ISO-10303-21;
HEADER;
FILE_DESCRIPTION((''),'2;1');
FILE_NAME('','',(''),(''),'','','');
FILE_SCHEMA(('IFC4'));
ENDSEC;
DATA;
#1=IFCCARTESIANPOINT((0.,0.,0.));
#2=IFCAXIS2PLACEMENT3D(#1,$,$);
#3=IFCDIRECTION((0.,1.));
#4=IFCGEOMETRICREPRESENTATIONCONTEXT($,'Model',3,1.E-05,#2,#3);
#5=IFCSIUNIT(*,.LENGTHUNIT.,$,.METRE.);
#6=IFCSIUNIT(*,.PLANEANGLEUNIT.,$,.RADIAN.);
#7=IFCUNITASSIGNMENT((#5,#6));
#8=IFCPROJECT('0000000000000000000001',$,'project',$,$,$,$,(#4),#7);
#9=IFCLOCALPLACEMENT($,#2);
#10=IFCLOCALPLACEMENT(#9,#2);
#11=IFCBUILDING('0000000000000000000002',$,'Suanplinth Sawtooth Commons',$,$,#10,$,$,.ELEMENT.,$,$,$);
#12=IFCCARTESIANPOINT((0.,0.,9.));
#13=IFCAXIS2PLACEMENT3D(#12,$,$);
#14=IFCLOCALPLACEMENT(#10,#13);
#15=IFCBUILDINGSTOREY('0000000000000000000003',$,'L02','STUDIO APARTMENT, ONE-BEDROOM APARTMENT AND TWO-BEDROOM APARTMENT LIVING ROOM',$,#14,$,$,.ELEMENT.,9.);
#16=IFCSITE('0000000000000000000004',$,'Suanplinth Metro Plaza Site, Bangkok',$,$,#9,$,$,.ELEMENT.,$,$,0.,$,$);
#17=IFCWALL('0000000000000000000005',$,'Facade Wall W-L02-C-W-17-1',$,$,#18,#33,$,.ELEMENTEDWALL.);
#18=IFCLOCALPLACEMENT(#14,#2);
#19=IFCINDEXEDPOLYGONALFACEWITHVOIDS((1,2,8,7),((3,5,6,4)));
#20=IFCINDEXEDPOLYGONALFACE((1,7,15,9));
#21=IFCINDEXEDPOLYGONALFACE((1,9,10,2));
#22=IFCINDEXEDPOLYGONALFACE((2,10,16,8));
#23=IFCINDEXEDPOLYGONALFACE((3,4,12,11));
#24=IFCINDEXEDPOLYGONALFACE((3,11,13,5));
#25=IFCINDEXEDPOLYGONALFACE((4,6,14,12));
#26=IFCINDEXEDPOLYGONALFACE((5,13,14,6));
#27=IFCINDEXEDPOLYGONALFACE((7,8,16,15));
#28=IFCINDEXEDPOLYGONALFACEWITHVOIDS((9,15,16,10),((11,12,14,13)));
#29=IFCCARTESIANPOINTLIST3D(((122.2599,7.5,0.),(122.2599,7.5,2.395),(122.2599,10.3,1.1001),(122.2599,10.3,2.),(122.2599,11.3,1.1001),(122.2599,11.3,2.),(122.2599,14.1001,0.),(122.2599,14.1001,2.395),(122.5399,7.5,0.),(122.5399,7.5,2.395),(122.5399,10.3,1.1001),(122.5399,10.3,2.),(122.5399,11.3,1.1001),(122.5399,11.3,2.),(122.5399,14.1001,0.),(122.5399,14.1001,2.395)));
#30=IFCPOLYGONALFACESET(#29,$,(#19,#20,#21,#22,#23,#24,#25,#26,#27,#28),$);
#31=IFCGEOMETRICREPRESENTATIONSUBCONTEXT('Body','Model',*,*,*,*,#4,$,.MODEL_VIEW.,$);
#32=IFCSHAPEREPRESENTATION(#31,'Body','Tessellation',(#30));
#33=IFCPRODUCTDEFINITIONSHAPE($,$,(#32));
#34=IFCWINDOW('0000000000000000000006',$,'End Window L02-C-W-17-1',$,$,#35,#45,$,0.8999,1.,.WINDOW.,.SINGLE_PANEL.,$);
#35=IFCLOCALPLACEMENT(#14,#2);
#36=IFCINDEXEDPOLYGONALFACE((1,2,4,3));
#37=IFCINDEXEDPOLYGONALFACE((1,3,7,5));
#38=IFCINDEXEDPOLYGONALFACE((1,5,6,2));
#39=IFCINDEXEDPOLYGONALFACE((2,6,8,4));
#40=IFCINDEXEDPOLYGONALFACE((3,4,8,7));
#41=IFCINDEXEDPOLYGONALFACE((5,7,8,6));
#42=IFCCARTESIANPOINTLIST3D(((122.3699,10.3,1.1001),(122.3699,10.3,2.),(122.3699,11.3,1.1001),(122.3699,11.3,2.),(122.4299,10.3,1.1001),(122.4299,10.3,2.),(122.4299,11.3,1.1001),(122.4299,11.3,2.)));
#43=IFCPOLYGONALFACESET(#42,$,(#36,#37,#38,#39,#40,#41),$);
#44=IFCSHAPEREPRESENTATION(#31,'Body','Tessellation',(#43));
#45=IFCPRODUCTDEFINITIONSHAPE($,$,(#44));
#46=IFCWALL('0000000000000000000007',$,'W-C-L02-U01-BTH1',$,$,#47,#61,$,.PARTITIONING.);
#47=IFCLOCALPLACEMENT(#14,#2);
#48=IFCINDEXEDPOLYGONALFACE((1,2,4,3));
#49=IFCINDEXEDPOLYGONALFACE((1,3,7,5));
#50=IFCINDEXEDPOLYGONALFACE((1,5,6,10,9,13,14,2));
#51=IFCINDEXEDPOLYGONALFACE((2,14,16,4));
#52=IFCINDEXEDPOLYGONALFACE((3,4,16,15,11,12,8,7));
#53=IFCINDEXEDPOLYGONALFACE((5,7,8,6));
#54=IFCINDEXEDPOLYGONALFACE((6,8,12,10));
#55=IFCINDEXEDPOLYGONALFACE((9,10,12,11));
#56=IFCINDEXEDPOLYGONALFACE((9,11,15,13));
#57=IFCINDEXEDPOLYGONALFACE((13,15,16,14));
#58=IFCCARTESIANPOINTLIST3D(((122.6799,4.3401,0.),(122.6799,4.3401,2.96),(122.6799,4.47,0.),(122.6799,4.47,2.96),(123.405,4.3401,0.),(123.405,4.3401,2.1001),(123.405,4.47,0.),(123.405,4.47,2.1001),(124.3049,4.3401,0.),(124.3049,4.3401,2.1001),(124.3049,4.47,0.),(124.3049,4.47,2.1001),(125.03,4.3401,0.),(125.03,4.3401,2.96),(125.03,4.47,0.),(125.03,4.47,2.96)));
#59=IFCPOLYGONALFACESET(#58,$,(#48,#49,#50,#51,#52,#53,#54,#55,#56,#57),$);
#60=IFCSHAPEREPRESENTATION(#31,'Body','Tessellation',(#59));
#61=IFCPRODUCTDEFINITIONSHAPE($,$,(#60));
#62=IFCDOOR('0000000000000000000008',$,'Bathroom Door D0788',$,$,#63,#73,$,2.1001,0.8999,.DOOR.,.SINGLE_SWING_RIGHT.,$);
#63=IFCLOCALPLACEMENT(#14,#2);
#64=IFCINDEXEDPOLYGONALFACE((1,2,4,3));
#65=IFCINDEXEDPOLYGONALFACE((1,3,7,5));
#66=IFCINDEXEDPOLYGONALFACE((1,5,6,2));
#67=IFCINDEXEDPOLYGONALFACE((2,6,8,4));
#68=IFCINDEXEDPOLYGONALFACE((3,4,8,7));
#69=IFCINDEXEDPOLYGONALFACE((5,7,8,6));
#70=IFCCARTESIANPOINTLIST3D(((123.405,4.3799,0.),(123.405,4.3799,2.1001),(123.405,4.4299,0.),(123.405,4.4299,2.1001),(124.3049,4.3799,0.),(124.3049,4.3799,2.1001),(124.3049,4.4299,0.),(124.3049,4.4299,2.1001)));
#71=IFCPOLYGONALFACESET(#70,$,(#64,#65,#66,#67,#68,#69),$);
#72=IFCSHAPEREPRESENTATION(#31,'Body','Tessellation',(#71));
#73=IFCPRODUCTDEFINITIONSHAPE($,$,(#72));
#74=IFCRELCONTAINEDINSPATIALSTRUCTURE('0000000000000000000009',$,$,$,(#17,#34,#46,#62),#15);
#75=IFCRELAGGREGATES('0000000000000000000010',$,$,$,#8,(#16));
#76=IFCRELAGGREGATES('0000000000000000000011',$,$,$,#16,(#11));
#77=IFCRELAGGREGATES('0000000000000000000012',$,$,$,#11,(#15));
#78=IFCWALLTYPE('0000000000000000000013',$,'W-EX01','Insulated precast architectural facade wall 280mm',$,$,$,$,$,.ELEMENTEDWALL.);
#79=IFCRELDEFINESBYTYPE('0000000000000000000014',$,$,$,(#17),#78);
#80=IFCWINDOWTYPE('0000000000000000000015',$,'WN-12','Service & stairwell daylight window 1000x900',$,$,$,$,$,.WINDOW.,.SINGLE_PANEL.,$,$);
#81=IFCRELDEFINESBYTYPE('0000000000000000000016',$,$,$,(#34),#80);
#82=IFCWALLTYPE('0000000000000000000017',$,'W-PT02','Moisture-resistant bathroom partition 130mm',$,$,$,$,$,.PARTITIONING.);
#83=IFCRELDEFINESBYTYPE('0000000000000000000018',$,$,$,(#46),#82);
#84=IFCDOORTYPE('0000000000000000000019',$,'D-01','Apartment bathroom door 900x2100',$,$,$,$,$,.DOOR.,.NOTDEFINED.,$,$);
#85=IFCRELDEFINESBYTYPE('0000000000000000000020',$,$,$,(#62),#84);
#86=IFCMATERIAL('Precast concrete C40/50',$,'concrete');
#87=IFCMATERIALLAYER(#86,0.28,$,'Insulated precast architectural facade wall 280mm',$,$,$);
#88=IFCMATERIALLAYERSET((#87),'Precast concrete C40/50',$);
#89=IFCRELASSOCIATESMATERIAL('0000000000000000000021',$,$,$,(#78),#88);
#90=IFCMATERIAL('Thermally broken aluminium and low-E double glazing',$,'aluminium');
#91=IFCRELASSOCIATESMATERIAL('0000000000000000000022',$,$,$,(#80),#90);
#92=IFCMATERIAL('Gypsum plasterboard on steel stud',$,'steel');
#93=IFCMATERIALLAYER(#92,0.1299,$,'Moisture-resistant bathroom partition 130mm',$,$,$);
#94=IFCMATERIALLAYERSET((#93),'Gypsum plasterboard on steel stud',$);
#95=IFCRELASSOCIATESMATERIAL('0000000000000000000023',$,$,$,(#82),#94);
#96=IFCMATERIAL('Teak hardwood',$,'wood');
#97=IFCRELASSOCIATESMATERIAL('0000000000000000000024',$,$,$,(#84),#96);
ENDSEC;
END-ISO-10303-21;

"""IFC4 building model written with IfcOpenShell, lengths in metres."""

from ifc_helpers import new_model, si_unit, direction, frame, frame_2d, origin, place, context, subcontext, project, spatial, rectangle, extrude, material, layer, layer_set, type_object, element, fill, save


model = new_model("IFC4")

# Units and contexts
model_context = context("Model", 3, precision=1e-05, world=origin(), true_north=direction((0.0, 1.0)))
body_context = subcontext(model_context, "Body", "Model", "MODEL_VIEW")
ifc_project = project(units=[si_unit("LENGTHUNIT", "METRE"), si_unit("PLANEANGLEUNIT", "RADIAN")], contexts=[model_context])

# Site, building, storey
site_placement = place(None, origin())
site = spatial("IfcSite", under=ifc_project, at=site_placement, Name="Suanplinth Metro Plaza Site, Bangkok", CompositionType="ELEMENT", RefElevation=0.0)
building_placement = place(site_placement, origin())
building = spatial("IfcBuilding", under=site, at=building_placement, Name="Suanplinth Sawtooth Commons", CompositionType="ELEMENT")
storey_placement = place(building_placement, frame((0.0, 0.0, 9.0)))
storey = spatial("IfcBuildingStorey", under=building, at=storey_placement, Name="L02", Description="STUDIO APARTMENT, ONE-BEDROOM APARTMENT AND TWO-BEDROOM APARTMENT LIVING ROOM", CompositionType="ELEMENT", Elevation=9.0)

# Shared definitions
ifc_material_1 = material(Name="Precast concrete C40/50", Category="concrete")

# Shared definitions
ifc_layer_1 = layer(ifc_material_1, 0.28, Name="Insulated precast architectural facade wall 280mm")
ifc_layer_set_1 = layer_set([ifc_layer_1], Name="Precast concrete C40/50")
wall_type_1 = type_object("IfcWallType", Name="W-EX01", Description="Insulated precast architectural facade wall 280mm", PredefinedType="ELEMENTEDWALL", material=ifc_layer_set_1)
ifc_material_2 = material(Name="Thermally broken aluminium and low-E double glazing", Category="aluminium")

# Wall, opening, window
wall_1_placement = place(storey_placement, frame((122.3999, 7.5, 0.0), z_axis=(0.0, 0.0, 1.0), x_axis=(0.0, 1.0, 0.0)))
wall_1 = element("IfcWall", 1, at=wall_1_placement, inside=storey, type_object=wall_type_1, Name="Facade Wall W-L02-C-W-17-1", PredefinedType="ELEMENTEDWALL", context=body_context, shape_type="SweptSolid", body=[
    extrude(rectangle(XDim=6.6001, YDim=0.28, at=frame_2d((3.3, 0.0))), origin(), (0.0, 0.0, 1.0), 2.395),
])
opening_1_placement = place(wall_1_placement, frame((2.8, 0.0, 1.1001)))
opening_1 = element("IfcOpeningElement", 2, at=opening_1_placement, cuts=wall_1, PredefinedType="OPENING", context=body_context, shape_type="SweptSolid", body=[
    extrude(rectangle(XDim=1.0, YDim=0.8999, at=frame_2d((0.5, 0.45))), frame((0.0, 0.1548, 0.0), z_axis=(0.0, -1.0, 0.0), x_axis=(1.0, 0.0, 0.0)), (0.0, 0.0, 1.0), 0.3098),
])
window_type_1 = type_object("IfcWindowType", Name="WN-12", Description="Service & stairwell daylight window 1000x900", PartitioningType="SINGLE_PANEL", PredefinedType="WINDOW", material=ifc_material_2)
window_1_placement = place(opening_1_placement, origin())
window_1 = element("IfcWindow", 3, at=window_1_placement, inside=storey, type_object=window_type_1, Name="End Window L02-C-W-17-1", OverallHeight=0.8999, OverallWidth=1.0, PartitioningType="SINGLE_PANEL", PredefinedType="WINDOW", context=body_context, shape_type="SweptSolid", body=[
    extrude(rectangle(XDim=1.0, YDim=0.8999, at=frame_2d((0.5, 0.45))), frame((0.0, 0.03, 0.0), z_axis=(0.0, -1.0, 0.0), x_axis=(1.0, 0.0, 0.0)), (0.0, 0.0, 1.0), 0.0601),
])
fill(opening_1, window_1)

# Wall, opening, door
ifc_material_3 = material(Name="Gypsum plasterboard on steel stud", Category="steel")
ifc_layer_2 = layer(ifc_material_3, 0.1299, Name="Moisture-resistant bathroom partition 130mm")
ifc_layer_set_2 = layer_set([ifc_layer_2], Name="Gypsum plasterboard on steel stud")
wall_type_2 = type_object("IfcWallType", Name="W-PT02", Description="Moisture-resistant bathroom partition 130mm", PredefinedType="PARTITIONING", material=ifc_layer_set_2)
wall_2_placement = place(storey_placement, frame((122.6799, 4.405, 0.0), z_axis=(0.0, 0.0, 1.0), x_axis=(1.0, 0.0, 0.0)))
wall_2 = element("IfcWall", 4, at=wall_2_placement, inside=storey, type_object=wall_type_2, Name="W-C-L02-U01-BTH1", PredefinedType="PARTITIONING", context=body_context, shape_type="SweptSolid", body=[
    extrude(rectangle(XDim=2.3501, YDim=0.1299, at=frame_2d((1.175, 0.0))), origin(), (0.0, 0.0, 1.0), 2.96),
])
opening_2_placement = place(wall_2_placement, frame((0.7251, 0.0, 0.0)))
opening_2 = element("IfcOpeningElement", 5, at=opening_2_placement, cuts=wall_2, PredefinedType="OPENING", context=body_context, shape_type="SweptSolid", body=[
    extrude(rectangle(XDim=0.8999, YDim=2.1001, at=frame_2d((0.45, 1.05))), frame((0.0, 0.0798, 0.0), z_axis=(0.0, -1.0, 0.0), x_axis=(1.0, 0.0, 0.0)), (0.0, 0.0, 1.0), 0.1597),
])
ifc_material_4 = material(Name="Teak hardwood", Category="wood")
door_type_1 = type_object("IfcDoorType", Name="D-01", Description="Apartment bathroom door 900x2100", OperationType="NOTDEFINED", PredefinedType="DOOR", material=ifc_material_4)
door_1_placement = place(opening_2_placement, origin())
door_1 = element("IfcDoor", 6, at=door_1_placement, inside=storey, type_object=door_type_1, Name="Bathroom Door D0788", OperationType="SINGLE_SWING_RIGHT", OverallHeight=2.1001, OverallWidth=0.8999, PredefinedType="DOOR", context=body_context, shape_type="SweptSolid", body=[
    extrude(rectangle(XDim=0.8999, YDim=2.1001, at=frame_2d((0.45, 1.05))), frame((0.0, 0.0249, 0.0), z_axis=(0.0, -1.0, 0.0), x_axis=(1.0, 0.0, 0.0)), (0.0, 0.0, 1.0), 0.05),
])
fill(opening_2, door_1)

save(model, "model.ifc")
